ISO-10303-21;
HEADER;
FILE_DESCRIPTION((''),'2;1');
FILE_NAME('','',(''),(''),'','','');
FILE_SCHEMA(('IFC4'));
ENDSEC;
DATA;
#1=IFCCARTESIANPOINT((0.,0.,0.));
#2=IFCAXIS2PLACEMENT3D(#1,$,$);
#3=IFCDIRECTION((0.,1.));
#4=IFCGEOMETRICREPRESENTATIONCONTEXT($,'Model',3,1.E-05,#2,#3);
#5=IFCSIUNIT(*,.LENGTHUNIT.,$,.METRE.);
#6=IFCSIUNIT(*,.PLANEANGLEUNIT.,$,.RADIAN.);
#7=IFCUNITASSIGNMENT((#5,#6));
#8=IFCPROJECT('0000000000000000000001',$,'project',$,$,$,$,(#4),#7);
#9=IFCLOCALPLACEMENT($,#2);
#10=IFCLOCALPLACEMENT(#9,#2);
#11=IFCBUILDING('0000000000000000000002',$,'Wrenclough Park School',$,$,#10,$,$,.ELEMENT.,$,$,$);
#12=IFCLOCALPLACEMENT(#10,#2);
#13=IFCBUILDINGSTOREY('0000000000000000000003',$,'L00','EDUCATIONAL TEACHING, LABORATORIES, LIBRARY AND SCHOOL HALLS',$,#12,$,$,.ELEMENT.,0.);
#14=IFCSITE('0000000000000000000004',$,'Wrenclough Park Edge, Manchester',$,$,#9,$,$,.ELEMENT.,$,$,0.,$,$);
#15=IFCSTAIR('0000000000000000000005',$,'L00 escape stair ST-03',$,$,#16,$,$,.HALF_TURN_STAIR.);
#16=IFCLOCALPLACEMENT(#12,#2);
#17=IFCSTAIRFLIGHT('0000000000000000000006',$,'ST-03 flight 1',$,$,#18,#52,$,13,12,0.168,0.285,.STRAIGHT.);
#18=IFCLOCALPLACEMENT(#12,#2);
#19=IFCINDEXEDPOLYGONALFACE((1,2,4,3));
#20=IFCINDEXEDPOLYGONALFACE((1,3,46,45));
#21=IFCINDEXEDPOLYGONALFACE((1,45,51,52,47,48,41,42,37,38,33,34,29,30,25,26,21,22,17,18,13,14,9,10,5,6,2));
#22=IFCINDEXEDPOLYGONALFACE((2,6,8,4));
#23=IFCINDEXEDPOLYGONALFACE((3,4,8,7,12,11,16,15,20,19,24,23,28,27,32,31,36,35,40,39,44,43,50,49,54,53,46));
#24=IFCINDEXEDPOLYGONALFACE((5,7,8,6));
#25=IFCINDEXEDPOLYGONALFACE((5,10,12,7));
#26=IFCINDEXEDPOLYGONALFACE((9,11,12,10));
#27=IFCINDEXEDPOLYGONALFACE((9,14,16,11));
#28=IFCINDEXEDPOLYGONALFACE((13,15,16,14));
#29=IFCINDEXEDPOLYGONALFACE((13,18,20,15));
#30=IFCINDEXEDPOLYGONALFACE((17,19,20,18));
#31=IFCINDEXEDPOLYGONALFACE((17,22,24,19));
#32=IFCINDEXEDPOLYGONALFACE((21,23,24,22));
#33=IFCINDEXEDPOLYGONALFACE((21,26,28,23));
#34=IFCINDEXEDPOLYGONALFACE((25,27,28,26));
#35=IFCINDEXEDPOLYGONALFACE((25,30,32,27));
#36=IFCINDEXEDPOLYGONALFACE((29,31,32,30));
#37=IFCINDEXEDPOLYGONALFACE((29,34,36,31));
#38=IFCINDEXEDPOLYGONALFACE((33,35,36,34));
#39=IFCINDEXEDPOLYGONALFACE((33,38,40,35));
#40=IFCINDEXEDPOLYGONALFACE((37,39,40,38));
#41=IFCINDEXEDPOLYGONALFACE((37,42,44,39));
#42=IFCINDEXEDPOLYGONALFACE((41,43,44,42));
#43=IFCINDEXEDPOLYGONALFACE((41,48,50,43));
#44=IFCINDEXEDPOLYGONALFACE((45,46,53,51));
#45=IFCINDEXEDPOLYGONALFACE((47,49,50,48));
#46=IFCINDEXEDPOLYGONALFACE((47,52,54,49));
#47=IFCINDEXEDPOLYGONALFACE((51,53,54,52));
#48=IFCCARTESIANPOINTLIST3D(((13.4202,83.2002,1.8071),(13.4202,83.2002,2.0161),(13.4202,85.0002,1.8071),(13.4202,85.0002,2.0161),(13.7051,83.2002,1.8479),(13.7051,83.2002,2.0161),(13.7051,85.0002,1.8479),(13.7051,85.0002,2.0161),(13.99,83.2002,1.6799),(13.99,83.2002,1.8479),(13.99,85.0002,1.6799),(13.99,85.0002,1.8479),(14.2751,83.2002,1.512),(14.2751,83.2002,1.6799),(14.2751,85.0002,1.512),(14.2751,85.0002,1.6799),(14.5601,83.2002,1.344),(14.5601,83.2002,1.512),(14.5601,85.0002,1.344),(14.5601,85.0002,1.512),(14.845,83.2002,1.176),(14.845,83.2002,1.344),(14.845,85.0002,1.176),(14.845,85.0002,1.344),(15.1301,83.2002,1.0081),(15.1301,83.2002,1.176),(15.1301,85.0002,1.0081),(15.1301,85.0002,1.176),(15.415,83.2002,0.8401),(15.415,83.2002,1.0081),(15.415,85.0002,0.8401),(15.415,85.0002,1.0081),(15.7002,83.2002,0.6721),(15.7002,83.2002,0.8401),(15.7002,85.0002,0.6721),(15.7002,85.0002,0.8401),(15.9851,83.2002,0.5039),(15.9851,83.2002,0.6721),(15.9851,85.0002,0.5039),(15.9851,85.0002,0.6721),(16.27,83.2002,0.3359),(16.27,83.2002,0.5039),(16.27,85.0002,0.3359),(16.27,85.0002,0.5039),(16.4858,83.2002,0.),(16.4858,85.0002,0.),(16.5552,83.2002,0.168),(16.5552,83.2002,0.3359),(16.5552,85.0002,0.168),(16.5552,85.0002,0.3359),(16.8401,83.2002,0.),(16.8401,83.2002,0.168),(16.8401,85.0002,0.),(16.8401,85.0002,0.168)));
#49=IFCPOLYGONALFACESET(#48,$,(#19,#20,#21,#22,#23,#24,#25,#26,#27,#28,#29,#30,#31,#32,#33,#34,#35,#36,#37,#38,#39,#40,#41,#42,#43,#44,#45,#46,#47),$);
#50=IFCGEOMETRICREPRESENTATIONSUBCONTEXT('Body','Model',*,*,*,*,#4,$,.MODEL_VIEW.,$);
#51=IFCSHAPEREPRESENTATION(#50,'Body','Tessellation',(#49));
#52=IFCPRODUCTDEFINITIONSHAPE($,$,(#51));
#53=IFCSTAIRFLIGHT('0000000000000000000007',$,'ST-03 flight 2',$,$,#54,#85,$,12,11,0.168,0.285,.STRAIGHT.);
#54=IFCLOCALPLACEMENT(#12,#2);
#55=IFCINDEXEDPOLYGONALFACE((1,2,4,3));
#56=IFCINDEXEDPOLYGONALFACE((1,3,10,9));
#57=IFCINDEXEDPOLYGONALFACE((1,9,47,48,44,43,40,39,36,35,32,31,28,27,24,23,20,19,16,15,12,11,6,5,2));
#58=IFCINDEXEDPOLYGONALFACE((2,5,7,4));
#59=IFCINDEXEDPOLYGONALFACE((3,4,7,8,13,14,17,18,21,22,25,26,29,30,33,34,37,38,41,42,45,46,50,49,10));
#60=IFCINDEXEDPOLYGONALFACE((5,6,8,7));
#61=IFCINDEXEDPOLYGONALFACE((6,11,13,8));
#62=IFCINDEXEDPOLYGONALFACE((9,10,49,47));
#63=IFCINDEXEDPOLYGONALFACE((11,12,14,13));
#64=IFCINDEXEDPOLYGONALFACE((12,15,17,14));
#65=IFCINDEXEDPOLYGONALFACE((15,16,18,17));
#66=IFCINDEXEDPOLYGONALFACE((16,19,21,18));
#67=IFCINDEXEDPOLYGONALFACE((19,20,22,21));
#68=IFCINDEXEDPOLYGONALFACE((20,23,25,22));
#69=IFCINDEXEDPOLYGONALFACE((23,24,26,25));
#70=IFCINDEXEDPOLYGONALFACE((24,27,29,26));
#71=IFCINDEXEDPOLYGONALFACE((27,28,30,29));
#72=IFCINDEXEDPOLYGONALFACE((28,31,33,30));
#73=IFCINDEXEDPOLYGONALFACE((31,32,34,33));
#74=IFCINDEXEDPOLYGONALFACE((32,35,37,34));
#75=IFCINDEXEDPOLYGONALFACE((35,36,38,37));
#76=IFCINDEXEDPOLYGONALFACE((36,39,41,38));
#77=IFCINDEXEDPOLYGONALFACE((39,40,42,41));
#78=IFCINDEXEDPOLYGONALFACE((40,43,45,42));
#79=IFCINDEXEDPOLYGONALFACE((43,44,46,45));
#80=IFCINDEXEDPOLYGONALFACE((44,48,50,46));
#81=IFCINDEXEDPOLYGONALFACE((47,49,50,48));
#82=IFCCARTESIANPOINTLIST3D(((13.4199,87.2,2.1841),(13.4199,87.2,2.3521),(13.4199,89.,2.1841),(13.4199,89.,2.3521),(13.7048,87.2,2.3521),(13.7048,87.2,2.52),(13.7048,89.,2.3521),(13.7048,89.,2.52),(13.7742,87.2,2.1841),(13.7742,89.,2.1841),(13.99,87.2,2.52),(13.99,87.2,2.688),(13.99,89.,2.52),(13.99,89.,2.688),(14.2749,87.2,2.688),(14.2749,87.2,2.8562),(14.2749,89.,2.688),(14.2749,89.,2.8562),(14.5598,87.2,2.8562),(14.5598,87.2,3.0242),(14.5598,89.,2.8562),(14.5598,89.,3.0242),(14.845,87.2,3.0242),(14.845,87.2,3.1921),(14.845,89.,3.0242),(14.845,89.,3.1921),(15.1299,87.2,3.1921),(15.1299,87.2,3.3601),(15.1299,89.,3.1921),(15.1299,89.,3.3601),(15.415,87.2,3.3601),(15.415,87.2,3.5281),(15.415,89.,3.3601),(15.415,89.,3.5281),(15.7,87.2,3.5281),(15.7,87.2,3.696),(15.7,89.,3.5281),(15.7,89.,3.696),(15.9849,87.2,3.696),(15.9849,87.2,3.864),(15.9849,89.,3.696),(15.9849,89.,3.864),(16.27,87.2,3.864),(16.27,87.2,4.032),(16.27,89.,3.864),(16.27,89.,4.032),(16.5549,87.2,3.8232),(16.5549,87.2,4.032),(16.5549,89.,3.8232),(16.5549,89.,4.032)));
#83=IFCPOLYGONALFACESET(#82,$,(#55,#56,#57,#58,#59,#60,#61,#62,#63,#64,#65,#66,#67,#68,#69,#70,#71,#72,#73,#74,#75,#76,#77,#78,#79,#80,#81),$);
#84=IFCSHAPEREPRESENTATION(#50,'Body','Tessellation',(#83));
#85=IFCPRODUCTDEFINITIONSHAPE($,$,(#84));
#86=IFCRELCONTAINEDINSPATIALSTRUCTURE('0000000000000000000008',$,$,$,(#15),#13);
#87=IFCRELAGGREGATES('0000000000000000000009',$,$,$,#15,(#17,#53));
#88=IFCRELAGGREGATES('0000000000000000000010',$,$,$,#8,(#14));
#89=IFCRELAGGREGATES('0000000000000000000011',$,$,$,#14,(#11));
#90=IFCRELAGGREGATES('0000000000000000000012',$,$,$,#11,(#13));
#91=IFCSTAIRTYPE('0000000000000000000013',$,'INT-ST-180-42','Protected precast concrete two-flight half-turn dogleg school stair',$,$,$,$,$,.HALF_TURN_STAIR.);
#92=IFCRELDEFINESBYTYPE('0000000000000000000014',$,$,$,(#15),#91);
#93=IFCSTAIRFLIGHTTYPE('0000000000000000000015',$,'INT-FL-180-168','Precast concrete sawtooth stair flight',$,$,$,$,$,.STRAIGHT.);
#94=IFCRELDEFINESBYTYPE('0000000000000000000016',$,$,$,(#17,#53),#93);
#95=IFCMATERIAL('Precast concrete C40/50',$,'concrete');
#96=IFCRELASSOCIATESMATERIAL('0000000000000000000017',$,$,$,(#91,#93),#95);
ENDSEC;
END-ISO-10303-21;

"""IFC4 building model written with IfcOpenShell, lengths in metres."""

from ifc_helpers import new_model, si_unit, direction, frame, origin, place, context, subcontext, project, spatial, polyline, outline, extrude, material, type_object, element, aggregate, save


model = new_model("IFC4")

# Units and contexts
model_context = context("Model", 3, precision=1e-05, world=origin(), true_north=direction((0.0, 1.0)))
body_context = subcontext(model_context, "Body", "Model", "MODEL_VIEW")
ifc_project = project(units=[si_unit("LENGTHUNIT", "METRE"), si_unit("PLANEANGLEUNIT", "RADIAN")], contexts=[model_context])

# Site, building, storey
site_placement = place(None, origin())
site = spatial("IfcSite", under=ifc_project, at=site_placement, Name="Wrenclough Park Edge, Manchester", CompositionType="ELEMENT", RefElevation=0.0)
building_placement = place(site_placement, origin())
building = spatial("IfcBuilding", under=site, at=building_placement, Name="Wrenclough Park School", CompositionType="ELEMENT")
storey_placement = place(building_placement, origin())
storey = spatial("IfcBuildingStorey", under=building, at=storey_placement, Name="L00", Description="EDUCATIONAL TEACHING, LABORATORIES, LIBRARY AND SCHOOL HALLS", CompositionType="ELEMENT", Elevation=0.0)

# Stair, stair flights
ifc_material_1 = material(Name="Precast concrete C40/50", Category="concrete")
stair_type = type_object("IfcStairType", Name="INT-ST-180-42", Description="Protected precast concrete two-flight half-turn dogleg school stair", PredefinedType="HALF_TURN_STAIR", material=ifc_material_1)
stair_placement = place(storey_placement, origin())
stair = element("IfcStair", 1, at=stair_placement, inside=storey, type_object=stair_type, Name="L00 escape stair ST-03", PredefinedType="HALF_TURN_STAIR")
stair_flight_type = type_object("IfcStairFlightType", Name="INT-FL-180-168", Description="Precast concrete sawtooth stair flight", PredefinedType="STRAIGHT", material=ifc_material_1)
stair_flight_1_placement = place(storey_placement, frame((16.8401, 84.1001, 0.0), z_axis=(0.0, 0.0, 1.0), x_axis=(-1.0, 0.0, 0.0)))
stair_flight_1 = element("IfcStairFlight", 2, at=stair_flight_1_placement, type_object=stair_flight_type, Name="ST-03 flight 1", NumberOfRisers=13, NumberOfTreads=12, PredefinedType="STRAIGHT", RiserHeight=0.168, TreadLength=0.285, context=body_context, shape_type="SweptSolid", body=[
    extrude(outline(polyline([(0.0, 0.0), (0.0, 0.168), (0.2849, 0.168), (0.2849, 0.3359), (0.5701, 0.3359), (0.5701, 0.5039), (0.855, 0.5039), (0.855, 0.6721), (1.1399, 0.6721), (1.1399, 0.8401), (1.425, 0.8401), (1.425, 1.0081), (1.71, 1.0081), (1.71, 1.176), (1.9951, 1.176), (1.9951, 1.344), (2.28, 1.344), (2.28, 1.512), (2.5649, 1.512), (2.5649, 1.6799), (2.8501, 1.6799), (2.8501, 1.8479), (3.135, 1.8479), (3.135, 2.0161), (3.4199, 2.0161), (3.4199, 2.1841), (3.4199, 1.8071), (0.3542, 0.0), (0.0, 0.0)])), frame((0.0, 0.8999, 0.0), z_axis=(0.0, -1.0, 0.0), x_axis=(1.0, 0.0, 0.0)), (0.0, 0.0, 1.0), 1.8),
])
stair_flight_2_placement = place(storey_placement, frame((13.4199, 88.1001, 2.1841), z_axis=(0.0, 0.0, 1.0), x_axis=(1.0, 0.0, 0.0)))
stair_flight_2 = element("IfcStairFlight", 3, at=stair_flight_2_placement, type_object=stair_flight_type, Name="ST-03 flight 2", NumberOfRisers=12, NumberOfTreads=11, PredefinedType="STRAIGHT", RiserHeight=0.168, TreadLength=0.285, context=body_context, shape_type="SweptSolid", body=[
    extrude(outline(polyline([(0.0, 0.0), (0.0, 0.168), (0.2849, 0.168), (0.2849, 0.3359), (0.5701, 0.3359), (0.5701, 0.5039), (0.855, 0.5039), (0.855, 0.6721), (1.1399, 0.6721), (1.1399, 0.8401), (1.425, 0.8401), (1.425, 1.0081), (1.71, 1.0081), (1.71, 1.176), (1.9951, 1.176), (1.9951, 1.344), (2.28, 1.344), (2.28, 1.512), (2.5649, 1.512), (2.5649, 1.6799), (2.8501, 1.6799), (2.8501, 1.8479), (3.135, 1.8479), (3.135, 2.0161), (3.135, 1.6392), (0.3542, 0.0), (0.0, 0.0)])), frame((0.0, 0.8999, 0.0), z_axis=(0.0, -1.0, 0.0), x_axis=(1.0, 0.0, 0.0)), (0.0, 0.0, 1.0), 1.8),
])
aggregate(stair, [stair_flight_1, stair_flight_2])

save(model, "model.ifc")
